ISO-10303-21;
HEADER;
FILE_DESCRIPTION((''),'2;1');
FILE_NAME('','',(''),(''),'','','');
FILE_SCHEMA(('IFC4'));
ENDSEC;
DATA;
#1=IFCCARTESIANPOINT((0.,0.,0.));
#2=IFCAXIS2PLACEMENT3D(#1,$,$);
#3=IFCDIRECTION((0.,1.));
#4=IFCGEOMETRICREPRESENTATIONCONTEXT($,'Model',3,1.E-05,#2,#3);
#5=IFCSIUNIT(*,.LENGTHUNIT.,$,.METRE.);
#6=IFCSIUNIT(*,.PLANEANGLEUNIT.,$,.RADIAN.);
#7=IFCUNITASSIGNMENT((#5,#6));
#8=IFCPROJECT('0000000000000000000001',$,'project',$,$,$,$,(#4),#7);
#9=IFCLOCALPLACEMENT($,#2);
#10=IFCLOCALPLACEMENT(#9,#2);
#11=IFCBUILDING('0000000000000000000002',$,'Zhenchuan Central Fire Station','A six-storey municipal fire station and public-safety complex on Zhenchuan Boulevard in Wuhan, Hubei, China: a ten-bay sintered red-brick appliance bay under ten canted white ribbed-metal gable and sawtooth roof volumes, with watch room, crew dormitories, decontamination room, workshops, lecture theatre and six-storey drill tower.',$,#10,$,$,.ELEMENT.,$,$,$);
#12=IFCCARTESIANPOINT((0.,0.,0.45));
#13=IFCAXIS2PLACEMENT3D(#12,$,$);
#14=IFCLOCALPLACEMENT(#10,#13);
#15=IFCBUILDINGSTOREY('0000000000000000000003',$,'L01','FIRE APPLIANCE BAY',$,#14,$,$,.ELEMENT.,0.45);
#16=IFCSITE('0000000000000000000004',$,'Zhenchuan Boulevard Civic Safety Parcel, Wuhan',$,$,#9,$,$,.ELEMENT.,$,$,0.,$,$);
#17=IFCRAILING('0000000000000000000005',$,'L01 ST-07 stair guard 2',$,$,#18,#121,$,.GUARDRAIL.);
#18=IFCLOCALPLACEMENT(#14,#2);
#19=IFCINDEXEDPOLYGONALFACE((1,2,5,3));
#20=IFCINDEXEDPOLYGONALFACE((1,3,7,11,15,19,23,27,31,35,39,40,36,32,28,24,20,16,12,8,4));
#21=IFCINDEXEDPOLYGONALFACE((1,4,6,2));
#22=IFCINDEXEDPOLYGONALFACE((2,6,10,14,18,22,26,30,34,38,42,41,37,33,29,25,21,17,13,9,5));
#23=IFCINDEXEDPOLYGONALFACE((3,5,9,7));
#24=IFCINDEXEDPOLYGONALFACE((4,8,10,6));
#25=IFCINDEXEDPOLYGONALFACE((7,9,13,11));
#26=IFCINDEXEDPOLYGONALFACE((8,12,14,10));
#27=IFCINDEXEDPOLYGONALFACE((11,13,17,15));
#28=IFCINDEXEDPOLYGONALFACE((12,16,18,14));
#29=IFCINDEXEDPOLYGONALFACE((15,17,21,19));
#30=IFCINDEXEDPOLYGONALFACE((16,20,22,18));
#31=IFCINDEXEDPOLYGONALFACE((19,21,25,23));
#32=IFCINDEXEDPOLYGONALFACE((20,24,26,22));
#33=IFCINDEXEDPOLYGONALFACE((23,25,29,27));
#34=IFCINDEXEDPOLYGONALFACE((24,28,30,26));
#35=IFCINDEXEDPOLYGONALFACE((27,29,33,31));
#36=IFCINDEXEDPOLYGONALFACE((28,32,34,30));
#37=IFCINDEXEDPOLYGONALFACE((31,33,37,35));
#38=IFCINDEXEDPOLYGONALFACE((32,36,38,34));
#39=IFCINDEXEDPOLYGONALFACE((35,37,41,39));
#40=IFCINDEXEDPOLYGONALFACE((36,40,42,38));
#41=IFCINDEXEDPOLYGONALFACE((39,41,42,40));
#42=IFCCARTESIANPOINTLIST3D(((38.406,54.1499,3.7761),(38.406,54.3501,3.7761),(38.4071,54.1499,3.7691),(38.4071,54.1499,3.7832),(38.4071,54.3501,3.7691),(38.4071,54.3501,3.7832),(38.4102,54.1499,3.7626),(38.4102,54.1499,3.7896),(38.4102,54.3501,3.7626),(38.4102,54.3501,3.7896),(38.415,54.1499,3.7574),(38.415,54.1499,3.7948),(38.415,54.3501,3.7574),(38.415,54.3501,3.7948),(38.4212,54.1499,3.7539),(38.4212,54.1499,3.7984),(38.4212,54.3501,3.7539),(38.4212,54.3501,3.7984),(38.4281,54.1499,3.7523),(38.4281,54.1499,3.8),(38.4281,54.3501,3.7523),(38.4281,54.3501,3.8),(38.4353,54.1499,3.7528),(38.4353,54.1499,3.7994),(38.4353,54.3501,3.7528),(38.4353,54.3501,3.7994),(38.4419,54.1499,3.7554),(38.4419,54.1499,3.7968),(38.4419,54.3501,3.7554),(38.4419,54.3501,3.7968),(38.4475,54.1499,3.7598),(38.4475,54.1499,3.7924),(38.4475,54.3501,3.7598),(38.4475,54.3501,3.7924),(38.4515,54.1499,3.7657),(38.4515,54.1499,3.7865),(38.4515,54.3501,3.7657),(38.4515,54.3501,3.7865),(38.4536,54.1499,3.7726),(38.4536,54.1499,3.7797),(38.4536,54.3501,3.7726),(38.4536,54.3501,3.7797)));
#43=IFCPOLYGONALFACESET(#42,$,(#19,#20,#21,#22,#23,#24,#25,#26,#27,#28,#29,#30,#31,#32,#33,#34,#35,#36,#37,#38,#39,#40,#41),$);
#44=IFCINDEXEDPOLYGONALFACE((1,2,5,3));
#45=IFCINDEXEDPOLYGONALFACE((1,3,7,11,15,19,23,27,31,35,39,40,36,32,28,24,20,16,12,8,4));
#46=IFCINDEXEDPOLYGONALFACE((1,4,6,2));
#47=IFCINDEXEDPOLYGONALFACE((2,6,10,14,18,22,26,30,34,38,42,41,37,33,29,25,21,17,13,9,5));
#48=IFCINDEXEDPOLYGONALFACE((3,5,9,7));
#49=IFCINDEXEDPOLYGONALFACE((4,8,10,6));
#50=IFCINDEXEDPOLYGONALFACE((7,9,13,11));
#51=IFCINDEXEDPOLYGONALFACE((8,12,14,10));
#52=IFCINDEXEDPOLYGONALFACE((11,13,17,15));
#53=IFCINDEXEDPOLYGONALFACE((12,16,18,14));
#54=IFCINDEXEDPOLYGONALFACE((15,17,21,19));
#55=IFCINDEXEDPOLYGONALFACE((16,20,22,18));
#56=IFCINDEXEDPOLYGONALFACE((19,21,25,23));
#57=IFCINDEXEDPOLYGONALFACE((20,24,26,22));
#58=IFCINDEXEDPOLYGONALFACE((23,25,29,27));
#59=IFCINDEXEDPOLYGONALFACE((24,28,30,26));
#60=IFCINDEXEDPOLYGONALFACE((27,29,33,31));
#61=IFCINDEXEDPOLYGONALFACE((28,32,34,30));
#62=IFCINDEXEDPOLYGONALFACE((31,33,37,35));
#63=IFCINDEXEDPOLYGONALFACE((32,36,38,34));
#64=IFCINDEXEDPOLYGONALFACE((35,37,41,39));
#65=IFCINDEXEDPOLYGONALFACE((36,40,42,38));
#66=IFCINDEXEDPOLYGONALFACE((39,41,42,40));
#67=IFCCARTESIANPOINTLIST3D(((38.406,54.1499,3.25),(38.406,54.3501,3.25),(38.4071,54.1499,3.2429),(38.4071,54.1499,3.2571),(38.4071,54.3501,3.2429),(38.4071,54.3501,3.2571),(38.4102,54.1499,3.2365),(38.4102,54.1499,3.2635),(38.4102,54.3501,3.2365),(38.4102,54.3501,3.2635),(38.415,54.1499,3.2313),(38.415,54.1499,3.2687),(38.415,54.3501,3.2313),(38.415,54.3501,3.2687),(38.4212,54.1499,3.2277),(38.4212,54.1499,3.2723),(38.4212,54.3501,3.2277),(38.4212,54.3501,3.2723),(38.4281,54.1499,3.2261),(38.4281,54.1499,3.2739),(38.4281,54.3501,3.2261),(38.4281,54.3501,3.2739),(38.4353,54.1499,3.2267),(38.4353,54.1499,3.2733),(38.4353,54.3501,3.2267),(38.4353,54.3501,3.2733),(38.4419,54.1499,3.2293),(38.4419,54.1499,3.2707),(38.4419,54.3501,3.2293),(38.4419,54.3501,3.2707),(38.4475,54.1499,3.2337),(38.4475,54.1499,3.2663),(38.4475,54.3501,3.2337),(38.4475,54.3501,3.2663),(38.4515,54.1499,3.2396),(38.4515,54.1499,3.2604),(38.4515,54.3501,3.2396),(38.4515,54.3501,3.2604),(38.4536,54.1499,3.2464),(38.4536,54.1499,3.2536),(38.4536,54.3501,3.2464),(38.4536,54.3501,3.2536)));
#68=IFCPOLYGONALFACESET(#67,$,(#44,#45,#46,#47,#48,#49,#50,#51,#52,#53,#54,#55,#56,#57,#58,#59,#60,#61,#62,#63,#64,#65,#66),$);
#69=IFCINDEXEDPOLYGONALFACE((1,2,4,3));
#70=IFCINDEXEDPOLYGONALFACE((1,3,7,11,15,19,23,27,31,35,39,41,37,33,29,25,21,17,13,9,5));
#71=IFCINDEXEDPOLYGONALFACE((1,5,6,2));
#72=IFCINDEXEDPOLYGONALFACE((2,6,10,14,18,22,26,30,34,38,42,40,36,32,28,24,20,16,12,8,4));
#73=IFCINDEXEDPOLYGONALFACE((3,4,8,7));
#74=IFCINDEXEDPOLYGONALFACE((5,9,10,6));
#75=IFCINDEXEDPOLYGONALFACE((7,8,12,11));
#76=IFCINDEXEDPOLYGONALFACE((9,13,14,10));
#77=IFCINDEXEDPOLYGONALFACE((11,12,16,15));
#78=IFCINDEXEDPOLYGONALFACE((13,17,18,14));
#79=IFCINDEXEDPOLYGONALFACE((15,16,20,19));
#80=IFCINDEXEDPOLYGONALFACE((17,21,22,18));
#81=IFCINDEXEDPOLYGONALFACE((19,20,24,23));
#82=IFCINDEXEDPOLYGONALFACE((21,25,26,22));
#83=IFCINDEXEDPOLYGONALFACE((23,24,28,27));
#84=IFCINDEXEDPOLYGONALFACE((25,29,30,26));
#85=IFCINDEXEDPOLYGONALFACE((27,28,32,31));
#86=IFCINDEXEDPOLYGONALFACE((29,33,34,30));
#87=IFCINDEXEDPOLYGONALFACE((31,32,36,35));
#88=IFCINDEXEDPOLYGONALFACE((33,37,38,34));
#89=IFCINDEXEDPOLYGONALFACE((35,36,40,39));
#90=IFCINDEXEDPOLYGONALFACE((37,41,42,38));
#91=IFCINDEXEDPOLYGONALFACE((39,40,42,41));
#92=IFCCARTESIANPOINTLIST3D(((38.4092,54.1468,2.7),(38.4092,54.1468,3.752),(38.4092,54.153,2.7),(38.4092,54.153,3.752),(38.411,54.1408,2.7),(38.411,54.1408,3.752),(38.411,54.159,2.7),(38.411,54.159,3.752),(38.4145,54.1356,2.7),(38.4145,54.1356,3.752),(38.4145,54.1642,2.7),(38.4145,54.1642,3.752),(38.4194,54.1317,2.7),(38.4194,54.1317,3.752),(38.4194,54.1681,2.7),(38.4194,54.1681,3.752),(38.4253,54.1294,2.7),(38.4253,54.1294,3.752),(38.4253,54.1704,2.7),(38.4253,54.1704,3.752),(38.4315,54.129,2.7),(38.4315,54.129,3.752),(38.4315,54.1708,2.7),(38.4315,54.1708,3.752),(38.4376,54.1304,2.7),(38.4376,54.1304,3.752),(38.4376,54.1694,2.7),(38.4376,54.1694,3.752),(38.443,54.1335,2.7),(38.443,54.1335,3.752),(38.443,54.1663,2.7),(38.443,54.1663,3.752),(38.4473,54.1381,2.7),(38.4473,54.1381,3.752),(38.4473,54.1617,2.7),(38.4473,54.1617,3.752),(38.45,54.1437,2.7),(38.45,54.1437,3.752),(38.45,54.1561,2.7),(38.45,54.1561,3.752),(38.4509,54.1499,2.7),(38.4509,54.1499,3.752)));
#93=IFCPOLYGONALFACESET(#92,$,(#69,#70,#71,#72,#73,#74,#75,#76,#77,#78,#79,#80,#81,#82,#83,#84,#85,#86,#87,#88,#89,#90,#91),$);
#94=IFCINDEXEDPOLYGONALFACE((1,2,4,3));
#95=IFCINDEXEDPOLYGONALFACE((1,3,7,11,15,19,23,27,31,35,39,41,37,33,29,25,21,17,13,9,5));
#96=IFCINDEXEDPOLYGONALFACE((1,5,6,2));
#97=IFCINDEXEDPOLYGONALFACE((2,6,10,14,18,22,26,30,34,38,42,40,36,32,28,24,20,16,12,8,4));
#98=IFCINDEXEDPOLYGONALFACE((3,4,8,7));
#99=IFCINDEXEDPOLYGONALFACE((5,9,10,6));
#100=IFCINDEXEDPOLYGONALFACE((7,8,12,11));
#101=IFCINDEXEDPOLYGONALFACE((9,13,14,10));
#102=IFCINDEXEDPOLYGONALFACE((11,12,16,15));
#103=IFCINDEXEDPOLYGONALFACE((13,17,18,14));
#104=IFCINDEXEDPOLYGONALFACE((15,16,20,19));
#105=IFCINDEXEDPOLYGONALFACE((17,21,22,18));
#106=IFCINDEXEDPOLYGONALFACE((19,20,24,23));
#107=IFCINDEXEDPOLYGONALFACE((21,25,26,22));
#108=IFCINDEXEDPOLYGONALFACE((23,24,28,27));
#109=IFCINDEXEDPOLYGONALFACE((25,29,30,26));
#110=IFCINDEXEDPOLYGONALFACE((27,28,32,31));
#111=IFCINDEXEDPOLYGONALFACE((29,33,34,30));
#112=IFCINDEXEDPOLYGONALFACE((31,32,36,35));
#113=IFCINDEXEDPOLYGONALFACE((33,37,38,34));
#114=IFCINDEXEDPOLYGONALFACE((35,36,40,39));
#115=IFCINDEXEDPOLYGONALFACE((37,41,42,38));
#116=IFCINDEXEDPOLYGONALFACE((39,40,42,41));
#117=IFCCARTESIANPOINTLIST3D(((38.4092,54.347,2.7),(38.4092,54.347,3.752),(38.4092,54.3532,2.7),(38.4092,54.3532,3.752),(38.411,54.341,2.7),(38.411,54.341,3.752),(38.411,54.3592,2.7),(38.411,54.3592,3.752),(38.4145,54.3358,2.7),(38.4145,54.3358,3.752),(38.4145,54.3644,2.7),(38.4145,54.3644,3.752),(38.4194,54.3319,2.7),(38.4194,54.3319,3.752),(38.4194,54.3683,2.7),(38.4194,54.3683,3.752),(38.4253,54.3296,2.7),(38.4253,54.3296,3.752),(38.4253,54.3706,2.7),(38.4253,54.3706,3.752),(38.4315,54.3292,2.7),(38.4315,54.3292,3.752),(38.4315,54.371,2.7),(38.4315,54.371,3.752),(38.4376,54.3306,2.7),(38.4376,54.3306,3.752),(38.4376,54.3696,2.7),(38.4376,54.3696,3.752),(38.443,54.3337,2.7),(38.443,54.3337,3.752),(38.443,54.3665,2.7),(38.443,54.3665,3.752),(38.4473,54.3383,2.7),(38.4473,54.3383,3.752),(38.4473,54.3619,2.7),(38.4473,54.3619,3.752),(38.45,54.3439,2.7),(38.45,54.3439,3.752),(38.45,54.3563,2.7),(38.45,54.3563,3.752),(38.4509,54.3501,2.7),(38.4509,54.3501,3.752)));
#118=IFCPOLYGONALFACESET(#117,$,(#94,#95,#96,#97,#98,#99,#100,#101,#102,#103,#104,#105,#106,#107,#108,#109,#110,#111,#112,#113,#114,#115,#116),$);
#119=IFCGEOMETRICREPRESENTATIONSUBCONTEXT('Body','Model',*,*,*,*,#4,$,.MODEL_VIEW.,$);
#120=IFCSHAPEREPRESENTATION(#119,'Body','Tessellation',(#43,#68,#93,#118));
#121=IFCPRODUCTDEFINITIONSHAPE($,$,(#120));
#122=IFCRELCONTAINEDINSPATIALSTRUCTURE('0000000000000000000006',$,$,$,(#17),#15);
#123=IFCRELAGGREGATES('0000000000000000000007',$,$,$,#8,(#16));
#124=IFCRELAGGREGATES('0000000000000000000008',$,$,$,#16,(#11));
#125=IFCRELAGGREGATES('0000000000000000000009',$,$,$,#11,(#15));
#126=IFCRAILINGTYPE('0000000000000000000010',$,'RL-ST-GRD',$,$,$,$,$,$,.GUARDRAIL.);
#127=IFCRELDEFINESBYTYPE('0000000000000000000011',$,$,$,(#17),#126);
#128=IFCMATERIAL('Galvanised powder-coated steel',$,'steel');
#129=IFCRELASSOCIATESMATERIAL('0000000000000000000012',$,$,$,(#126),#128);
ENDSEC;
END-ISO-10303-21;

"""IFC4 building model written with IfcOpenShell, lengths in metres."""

from ifc_helpers import new_model, si_unit, direction, frame, origin, origin_2d, place, context, subcontext, project, spatial, circle, extrude, material, type_object, element, save


model = new_model("IFC4")

# Units and contexts
model_context = context("Model", 3, precision=1e-05, world=origin(), true_north=direction((0.0, 1.0)))
body_context = subcontext(model_context, "Body", "Model", "MODEL_VIEW")
ifc_project = project(units=[si_unit("LENGTHUNIT", "METRE"), si_unit("PLANEANGLEUNIT", "RADIAN")], contexts=[model_context])

# Site, building, storey
site_placement = place(None, origin())
site = spatial("IfcSite", under=ifc_project, at=site_placement, Name="Zhenchuan Boulevard Civic Safety Parcel, Wuhan", CompositionType="ELEMENT", RefElevation=0.0)
building_placement = place(site_placement, origin())
building = spatial("IfcBuilding", under=site, at=building_placement, Name="Zhenchuan Central Fire Station", Description="A six-storey municipal fire station and public-safety complex on Zhenchuan Boulevard in Wuhan, Hubei, China: a ten-bay sintered red-brick appliance bay under ten canted white ribbed-metal gable and sawtooth roof volumes, with watch room, crew dormitories, decontamination room, workshops, lecture theatre and six-storey drill tower.", CompositionType="ELEMENT")
storey_placement = place(building_placement, frame((0.0, 0.0, 0.45)))
storey = spatial("IfcBuildingStorey", under=building, at=storey_placement, Name="L01", Description="FIRE APPLIANCE BAY", CompositionType="ELEMENT", Elevation=0.45)

# Railing
ifc_material_1 = material(Name="Galvanised powder-coated steel", Category="steel")
railing_type_1 = type_object("IfcRailingType", Name="RL-ST-GRD", PredefinedType="GUARDRAIL", material=ifc_material_1)
railing_1_placement = place(storey_placement, frame((38.4299, 54.1499, 2.7)))
element("IfcRailing", 1, at=railing_1_placement, inside=storey, type_object=railing_type_1, Name="L01 ST-07 stair guard 2", PredefinedType="GUARDRAIL", context=body_context, shape_type="SweptSolid", body=[
    extrude(circle(Radius=0.0239, at=origin_2d()), frame((0.0, 0.0, 1.0762), z_axis=(0.0, 1.0, 0.0), x_axis=(-1.0, 0.0, 0.0)), (0.0, 0.0, 1.0), 0.2002),
    extrude(circle(Radius=0.0239, at=origin_2d()), frame((0.0, 0.0, 0.55), z_axis=(0.0, 1.0, 0.0), x_axis=(-1.0, 0.0, 0.0)), (0.0, 0.0, 1.0), 0.2002),
    extrude(circle(Radius=0.021, at=origin_2d()), origin(), (0.0, 0.0, 1.0), 1.052),
    extrude(circle(Radius=0.021, at=origin_2d()), frame((0.0, 0.2002, 0.0)), (0.0, 0.0, 1.0), 1.052),
])

save(model, "model.ifc")
